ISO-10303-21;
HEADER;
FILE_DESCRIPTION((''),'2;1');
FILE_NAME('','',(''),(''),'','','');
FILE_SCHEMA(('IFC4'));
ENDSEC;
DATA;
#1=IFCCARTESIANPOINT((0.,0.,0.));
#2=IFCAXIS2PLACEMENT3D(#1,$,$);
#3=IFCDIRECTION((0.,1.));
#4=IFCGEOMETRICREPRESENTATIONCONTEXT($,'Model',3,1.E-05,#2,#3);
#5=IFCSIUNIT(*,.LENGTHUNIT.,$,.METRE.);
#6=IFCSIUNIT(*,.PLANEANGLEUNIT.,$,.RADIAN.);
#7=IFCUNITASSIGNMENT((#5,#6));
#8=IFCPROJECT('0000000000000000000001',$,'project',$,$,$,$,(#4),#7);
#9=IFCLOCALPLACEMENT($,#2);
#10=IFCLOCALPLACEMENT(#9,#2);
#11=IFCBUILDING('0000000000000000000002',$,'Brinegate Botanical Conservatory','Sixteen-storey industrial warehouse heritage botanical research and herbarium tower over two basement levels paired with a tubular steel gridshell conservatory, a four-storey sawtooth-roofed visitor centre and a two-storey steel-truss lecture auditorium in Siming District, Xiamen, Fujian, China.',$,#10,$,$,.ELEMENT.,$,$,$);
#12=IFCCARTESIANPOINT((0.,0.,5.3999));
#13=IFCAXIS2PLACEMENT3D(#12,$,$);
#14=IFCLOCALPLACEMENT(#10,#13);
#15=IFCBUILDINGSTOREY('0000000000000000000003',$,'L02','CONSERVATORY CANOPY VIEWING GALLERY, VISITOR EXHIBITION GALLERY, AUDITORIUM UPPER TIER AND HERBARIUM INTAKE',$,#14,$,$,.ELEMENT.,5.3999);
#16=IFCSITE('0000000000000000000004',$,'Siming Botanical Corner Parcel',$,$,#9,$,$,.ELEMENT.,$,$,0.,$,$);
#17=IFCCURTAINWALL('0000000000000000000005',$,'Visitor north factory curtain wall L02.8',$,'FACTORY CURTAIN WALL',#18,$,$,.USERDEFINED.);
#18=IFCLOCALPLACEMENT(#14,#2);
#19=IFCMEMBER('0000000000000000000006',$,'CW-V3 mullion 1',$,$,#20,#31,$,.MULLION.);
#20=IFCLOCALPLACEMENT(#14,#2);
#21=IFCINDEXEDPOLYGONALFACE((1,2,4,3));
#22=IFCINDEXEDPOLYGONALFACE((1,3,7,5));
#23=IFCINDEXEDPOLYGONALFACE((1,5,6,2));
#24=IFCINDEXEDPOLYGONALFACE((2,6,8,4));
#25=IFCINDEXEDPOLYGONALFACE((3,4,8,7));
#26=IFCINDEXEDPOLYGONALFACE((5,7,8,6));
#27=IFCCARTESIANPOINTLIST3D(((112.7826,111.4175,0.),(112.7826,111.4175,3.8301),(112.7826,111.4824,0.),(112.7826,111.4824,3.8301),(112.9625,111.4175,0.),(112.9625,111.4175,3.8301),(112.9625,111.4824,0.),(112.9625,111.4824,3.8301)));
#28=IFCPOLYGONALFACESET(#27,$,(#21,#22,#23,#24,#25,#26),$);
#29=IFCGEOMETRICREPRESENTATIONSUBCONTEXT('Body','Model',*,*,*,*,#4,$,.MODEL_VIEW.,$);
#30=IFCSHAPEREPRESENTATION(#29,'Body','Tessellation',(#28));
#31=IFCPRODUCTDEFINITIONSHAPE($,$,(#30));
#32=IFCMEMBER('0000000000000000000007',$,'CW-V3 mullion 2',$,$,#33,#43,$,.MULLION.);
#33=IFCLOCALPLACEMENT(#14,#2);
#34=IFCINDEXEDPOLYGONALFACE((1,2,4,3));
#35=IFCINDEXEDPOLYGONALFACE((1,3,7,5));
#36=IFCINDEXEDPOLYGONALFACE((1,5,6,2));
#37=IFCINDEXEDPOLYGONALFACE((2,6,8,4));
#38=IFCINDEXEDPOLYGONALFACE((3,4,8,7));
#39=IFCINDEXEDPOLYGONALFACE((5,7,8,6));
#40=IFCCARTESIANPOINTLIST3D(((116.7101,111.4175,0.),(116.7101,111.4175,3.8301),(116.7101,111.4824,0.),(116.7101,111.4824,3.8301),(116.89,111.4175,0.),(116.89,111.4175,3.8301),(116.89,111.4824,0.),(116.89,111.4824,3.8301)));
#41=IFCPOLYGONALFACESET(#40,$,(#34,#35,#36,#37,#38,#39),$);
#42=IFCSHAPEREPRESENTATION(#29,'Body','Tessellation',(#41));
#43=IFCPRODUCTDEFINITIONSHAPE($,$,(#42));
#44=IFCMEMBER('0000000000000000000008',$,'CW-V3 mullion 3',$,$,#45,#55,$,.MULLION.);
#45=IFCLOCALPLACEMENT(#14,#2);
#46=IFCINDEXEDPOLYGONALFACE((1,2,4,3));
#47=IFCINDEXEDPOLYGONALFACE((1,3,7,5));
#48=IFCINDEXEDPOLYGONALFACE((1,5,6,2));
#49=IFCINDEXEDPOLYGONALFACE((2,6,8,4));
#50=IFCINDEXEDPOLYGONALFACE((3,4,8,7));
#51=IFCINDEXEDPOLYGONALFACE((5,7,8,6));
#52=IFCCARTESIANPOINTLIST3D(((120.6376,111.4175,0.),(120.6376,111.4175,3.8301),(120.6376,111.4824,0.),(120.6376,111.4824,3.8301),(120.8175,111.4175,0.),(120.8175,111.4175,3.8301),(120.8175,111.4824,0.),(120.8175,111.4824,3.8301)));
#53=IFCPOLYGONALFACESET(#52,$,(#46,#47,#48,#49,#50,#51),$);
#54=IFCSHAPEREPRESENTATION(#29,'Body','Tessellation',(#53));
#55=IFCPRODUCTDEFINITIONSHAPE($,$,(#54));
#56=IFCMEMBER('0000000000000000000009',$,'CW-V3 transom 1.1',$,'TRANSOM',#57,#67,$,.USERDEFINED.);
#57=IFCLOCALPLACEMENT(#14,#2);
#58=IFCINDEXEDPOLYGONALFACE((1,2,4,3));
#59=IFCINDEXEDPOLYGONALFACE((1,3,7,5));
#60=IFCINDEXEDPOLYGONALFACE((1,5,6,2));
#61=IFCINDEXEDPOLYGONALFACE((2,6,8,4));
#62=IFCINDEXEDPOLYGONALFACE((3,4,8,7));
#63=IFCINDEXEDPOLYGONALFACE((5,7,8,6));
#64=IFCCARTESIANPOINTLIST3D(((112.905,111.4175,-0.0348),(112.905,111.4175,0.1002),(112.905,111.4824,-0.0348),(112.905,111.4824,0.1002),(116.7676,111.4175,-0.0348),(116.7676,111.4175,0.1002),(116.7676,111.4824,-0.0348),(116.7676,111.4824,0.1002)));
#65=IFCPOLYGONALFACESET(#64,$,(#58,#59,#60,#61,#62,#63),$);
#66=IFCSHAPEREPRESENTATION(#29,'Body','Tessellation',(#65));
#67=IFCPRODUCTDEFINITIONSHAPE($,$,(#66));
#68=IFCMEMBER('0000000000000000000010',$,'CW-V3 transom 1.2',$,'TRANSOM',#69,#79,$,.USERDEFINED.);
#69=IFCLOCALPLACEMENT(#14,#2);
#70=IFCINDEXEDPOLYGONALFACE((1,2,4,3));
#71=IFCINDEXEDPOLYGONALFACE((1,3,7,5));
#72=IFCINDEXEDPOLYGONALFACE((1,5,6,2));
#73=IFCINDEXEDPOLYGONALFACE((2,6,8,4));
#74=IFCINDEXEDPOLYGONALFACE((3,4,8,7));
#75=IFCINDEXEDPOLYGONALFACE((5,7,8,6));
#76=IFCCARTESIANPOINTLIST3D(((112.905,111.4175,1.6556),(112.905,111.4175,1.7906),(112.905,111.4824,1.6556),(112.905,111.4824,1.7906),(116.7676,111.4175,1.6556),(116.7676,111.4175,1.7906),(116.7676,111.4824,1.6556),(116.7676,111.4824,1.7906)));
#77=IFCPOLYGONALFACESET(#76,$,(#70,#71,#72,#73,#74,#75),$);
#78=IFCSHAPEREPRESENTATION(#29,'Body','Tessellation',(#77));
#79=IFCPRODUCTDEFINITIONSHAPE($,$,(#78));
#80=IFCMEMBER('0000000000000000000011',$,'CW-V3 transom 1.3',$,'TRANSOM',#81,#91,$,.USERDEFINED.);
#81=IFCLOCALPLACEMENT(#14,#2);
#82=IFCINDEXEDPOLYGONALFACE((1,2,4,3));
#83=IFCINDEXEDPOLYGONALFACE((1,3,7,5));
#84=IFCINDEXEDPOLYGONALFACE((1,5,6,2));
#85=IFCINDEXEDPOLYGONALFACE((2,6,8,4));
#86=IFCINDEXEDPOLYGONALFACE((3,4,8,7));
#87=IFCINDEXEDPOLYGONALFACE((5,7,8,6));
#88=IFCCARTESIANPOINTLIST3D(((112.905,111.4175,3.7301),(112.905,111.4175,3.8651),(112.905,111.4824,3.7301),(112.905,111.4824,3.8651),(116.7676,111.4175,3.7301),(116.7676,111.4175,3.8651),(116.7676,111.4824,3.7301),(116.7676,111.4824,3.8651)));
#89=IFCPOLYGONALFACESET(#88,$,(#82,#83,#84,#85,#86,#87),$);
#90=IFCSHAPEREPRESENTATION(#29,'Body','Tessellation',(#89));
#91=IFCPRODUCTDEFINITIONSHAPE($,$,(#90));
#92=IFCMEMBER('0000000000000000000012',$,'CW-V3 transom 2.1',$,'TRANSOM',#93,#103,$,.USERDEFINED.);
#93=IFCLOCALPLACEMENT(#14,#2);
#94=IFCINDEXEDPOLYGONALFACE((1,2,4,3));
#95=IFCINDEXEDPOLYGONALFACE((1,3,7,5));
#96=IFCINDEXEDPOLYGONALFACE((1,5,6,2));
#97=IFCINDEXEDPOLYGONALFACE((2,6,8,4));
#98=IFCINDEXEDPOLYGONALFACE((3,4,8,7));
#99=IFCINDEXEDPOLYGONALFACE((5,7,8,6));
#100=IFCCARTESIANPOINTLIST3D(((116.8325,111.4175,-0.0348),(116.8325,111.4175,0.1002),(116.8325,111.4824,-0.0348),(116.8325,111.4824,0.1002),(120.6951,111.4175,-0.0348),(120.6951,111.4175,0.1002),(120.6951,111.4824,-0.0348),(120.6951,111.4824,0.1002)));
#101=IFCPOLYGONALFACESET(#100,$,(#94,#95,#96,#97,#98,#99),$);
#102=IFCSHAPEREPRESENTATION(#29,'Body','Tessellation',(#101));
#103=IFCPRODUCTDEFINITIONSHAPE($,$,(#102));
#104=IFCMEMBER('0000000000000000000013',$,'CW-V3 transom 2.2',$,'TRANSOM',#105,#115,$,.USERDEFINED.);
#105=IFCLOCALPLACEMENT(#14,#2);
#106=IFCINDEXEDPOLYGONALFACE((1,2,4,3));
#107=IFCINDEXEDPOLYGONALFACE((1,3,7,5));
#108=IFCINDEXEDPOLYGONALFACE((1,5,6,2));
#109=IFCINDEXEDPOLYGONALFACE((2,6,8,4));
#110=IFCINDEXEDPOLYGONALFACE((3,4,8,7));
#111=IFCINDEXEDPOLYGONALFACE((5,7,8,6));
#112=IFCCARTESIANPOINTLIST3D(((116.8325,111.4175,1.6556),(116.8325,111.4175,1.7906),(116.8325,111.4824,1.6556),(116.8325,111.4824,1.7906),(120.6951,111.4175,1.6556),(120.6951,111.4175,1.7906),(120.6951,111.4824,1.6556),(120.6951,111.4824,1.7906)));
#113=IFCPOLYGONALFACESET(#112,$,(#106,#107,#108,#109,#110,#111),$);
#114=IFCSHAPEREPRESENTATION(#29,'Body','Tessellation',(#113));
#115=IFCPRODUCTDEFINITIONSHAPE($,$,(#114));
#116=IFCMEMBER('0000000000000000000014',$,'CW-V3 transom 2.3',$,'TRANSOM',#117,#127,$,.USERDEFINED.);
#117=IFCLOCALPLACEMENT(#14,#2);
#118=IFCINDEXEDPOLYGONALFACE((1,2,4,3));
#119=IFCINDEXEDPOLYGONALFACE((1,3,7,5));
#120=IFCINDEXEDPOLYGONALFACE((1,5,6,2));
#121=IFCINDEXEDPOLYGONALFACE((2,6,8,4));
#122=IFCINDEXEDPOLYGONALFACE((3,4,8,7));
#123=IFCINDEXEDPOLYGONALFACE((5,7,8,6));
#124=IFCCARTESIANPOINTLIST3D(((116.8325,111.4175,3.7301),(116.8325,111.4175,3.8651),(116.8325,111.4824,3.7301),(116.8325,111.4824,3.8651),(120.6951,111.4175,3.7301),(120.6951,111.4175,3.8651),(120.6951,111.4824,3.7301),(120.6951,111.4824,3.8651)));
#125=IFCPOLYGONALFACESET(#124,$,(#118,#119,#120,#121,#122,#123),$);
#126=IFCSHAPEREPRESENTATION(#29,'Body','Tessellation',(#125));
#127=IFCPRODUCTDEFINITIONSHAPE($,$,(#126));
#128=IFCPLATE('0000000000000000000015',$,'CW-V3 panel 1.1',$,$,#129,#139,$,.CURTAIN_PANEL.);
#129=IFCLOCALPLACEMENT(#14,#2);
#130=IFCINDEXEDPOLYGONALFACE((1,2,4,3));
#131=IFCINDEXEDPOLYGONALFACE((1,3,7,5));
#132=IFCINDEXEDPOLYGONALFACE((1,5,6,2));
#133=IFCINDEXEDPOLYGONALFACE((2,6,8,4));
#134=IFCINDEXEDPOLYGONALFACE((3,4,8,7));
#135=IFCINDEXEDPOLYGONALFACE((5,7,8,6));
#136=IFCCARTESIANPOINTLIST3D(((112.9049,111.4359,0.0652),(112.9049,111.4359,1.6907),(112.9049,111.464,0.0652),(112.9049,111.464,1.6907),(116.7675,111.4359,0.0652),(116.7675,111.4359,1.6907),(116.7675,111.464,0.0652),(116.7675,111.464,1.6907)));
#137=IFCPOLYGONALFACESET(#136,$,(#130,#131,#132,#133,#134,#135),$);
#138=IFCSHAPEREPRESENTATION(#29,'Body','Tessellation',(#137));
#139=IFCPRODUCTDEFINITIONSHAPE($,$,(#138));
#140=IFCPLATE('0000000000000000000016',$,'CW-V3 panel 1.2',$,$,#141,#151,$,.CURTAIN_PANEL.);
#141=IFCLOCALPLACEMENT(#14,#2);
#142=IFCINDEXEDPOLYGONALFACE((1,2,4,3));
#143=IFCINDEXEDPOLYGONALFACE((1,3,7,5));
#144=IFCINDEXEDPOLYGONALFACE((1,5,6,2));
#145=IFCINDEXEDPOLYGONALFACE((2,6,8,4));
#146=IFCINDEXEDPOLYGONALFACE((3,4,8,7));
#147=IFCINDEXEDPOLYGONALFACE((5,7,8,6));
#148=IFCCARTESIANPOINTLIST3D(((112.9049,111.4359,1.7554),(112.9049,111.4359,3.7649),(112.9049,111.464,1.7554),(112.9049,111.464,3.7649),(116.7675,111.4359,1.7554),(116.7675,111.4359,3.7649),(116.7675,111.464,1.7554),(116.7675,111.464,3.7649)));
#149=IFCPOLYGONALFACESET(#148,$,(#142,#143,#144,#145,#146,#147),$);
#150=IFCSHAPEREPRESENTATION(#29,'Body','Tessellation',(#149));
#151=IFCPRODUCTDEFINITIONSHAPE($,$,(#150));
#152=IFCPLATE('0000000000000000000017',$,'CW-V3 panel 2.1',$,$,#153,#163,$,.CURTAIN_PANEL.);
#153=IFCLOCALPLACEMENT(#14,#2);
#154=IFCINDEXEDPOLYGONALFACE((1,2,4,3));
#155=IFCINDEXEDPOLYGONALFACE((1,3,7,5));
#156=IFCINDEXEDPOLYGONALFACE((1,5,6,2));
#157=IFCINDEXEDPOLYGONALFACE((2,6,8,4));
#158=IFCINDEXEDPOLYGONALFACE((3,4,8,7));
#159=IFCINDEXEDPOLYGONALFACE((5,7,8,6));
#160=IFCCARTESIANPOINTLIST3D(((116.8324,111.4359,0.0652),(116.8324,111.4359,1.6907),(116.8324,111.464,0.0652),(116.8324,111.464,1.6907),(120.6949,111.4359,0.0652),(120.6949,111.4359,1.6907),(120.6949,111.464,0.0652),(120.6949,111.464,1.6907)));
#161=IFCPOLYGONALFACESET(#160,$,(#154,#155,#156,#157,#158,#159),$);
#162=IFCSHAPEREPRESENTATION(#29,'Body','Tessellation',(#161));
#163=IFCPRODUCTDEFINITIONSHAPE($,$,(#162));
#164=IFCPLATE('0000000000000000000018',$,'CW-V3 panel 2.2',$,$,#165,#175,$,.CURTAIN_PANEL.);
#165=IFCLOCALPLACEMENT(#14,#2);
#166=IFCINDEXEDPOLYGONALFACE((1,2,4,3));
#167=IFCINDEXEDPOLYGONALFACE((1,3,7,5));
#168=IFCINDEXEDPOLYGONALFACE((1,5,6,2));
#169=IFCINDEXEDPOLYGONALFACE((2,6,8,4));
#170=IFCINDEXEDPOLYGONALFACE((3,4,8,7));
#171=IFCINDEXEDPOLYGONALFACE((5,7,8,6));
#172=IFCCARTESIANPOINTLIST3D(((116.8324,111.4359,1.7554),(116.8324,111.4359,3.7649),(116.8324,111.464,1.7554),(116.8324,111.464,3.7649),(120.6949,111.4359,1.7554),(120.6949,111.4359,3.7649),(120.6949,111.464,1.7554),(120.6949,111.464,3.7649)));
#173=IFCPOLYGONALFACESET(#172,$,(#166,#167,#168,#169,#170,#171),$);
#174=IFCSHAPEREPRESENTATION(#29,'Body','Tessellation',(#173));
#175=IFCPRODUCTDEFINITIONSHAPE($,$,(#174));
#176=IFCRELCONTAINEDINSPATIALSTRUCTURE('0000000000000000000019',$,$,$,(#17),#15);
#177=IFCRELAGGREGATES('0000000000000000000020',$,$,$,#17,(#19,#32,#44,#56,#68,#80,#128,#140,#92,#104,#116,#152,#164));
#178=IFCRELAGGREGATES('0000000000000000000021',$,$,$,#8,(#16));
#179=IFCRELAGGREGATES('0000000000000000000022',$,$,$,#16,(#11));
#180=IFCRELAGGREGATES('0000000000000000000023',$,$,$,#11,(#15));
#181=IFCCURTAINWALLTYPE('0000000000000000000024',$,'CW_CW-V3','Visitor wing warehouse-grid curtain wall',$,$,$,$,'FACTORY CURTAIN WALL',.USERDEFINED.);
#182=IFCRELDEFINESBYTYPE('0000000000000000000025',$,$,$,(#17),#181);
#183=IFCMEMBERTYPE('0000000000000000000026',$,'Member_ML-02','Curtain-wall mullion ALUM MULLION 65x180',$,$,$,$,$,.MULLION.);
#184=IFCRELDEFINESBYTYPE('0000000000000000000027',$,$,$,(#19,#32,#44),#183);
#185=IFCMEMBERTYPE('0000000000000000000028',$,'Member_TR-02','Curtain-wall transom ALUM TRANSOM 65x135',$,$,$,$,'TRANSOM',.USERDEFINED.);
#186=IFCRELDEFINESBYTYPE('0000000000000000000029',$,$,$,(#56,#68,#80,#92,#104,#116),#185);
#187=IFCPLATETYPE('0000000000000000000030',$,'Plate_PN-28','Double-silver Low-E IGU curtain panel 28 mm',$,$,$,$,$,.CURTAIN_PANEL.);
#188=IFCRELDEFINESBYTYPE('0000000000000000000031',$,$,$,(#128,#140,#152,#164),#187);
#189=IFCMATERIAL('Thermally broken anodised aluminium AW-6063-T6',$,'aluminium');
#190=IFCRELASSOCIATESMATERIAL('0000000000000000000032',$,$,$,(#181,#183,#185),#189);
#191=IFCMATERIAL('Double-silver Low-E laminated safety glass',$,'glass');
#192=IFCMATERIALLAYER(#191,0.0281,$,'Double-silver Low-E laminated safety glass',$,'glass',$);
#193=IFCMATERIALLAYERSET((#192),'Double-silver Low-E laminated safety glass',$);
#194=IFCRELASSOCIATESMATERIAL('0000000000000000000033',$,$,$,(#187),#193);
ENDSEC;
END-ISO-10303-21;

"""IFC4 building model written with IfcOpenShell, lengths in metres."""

from ifc_helpers import new_model, si_unit, direction, frame, origin, origin_2d, place, context, subcontext, project, spatial, rectangle, extrude, material, layer, layer_set, material_profile, profile_set, type_object, element, aggregate, save


model = new_model("IFC4")

# Units and contexts
model_context = context("Model", 3, precision=1e-05, world=origin(), true_north=direction((0.0, 1.0)))
body_context = subcontext(model_context, "Body", "Model", "MODEL_VIEW")
ifc_project = project(units=[si_unit("LENGTHUNIT", "METRE"), si_unit("PLANEANGLEUNIT", "RADIAN")], contexts=[model_context])

# Site, building, storey
site_placement = place(None, origin())
site = spatial("IfcSite", under=ifc_project, at=site_placement, Name="Siming Botanical Corner Parcel", CompositionType="ELEMENT", RefElevation=0.0)
building_placement = place(site_placement, origin())
building = spatial("IfcBuilding", under=site, at=building_placement, Name="Brinegate Botanical Conservatory", Description="Sixteen-storey industrial warehouse heritage botanical research and herbarium tower over two basement levels paired with a tubular steel gridshell conservatory, a four-storey sawtooth-roofed visitor centre and a two-storey steel-truss lecture auditorium in Siming District, Xiamen, Fujian, China.", CompositionType="ELEMENT")
storey_placement = place(building_placement, frame((0.0, 0.0, 5.3999)))
storey = spatial("IfcBuildingStorey", under=building, at=storey_placement, Name="L02", Description="CONSERVATORY CANOPY VIEWING GALLERY, VISITOR EXHIBITION GALLERY, AUDITORIUM UPPER TIER AND HERBARIUM INTAKE", CompositionType="ELEMENT", Elevation=5.3999)

# Curtain wall, members, plates
ifc_material_1 = material(Name="Thermally broken anodised aluminium AW-6063-T6", Category="aluminium")
curtain_wall_type = type_object("IfcCurtainWallType", Name="CW_CW-V3", Description="Visitor wing warehouse-grid curtain wall", ElementType="FACTORY CURTAIN WALL", PredefinedType="USERDEFINED", material=ifc_material_1)
curtain_wall_placement = place(storey_placement, origin())
curtain_wall = element("IfcCurtainWall", 1, at=curtain_wall_placement, inside=storey, type_object=curtain_wall_type, Name="Visitor north factory curtain wall L02.8", ObjectType="FACTORY CURTAIN WALL", PredefinedType="USERDEFINED")
ifc_material_profile_1 = material_profile(ifc_material_1, rectangle(XDim=0.0649, YDim=0.1799, at=origin_2d()), Name="ALUM MULLION 65x180")
ifc_profile_set_1 = profile_set([ifc_material_profile_1], Name="Thermally broken anodised aluminium AW-6063-T6")
member_type_1 = type_object("IfcMemberType", Name="Member_ML-02", Description="Curtain-wall mullion ALUM MULLION 65x180", PredefinedType="MULLION", material=ifc_profile_set_1)
member_1_placement = place(storey_placement, frame((112.8726, 111.45, 0.0), z_axis=(0.0, 0.0, 1.0), x_axis=(0.0, 1.0, 0.0)))
member_1 = element("IfcMember", 2, at=member_1_placement, type_object=member_type_1, Name="CW-V3 mullion 1", PredefinedType="MULLION", context=body_context, shape_type="SweptSolid", body=[
    extrude(rectangle(XDim=0.0649, YDim=0.1799, at=origin_2d()), origin(), (0.0, 0.0, 1.0), 3.8301),
])
member_2_placement = place(storey_placement, frame((116.8, 111.45, 0.0), z_axis=(0.0, 0.0, 1.0), x_axis=(0.0, 1.0, 0.0)))
member_2 = element("IfcMember", 3, at=member_2_placement, type_object=member_type_1, Name="CW-V3 mullion 2", PredefinedType="MULLION", context=body_context, shape_type="SweptSolid", body=[
    extrude(rectangle(XDim=0.0649, YDim=0.1799, at=origin_2d()), origin(), (0.0, 0.0, 1.0), 3.8301),
])
member_3_placement = place(storey_placement, frame((120.7275, 111.45, 0.0), z_axis=(0.0, 0.0, 1.0), x_axis=(0.0, 1.0, 0.0)))
member_3 = element("IfcMember", 4, at=member_3_placement, type_object=member_type_1, Name="CW-V3 mullion 3", PredefinedType="MULLION", context=body_context, shape_type="SweptSolid", body=[
    extrude(rectangle(XDim=0.0649, YDim=0.1799, at=origin_2d()), origin(), (0.0, 0.0, 1.0), 3.8301),
])
ifc_material_profile_2 = material_profile(ifc_material_1, rectangle(XDim=0.0649, YDim=0.135, at=origin_2d()), Name="ALUM TRANSOM 65x135")
ifc_profile_set_2 = profile_set([ifc_material_profile_2], Name="Thermally broken anodised aluminium AW-6063-T6")
member_type_2 = type_object("IfcMemberType", Name="Member_TR-02", Description="Curtain-wall transom ALUM TRANSOM 65x135", ElementType="TRANSOM", PredefinedType="USERDEFINED", material=ifc_profile_set_2)
member_4_placement = place(storey_placement, frame((112.905, 111.45, 0.0327), z_axis=(1.0, 0.0, 0.0), x_axis=(0.0, 1.0, 0.0)))
member_4 = element("IfcMember", 5, at=member_4_placement, type_object=member_type_2, Name="CW-V3 transom 1.1", ObjectType="TRANSOM", PredefinedType="USERDEFINED", context=body_context, shape_type="SweptSolid", body=[
    extrude(rectangle(XDim=0.0649, YDim=0.135, at=origin_2d()), origin(), (0.0, 0.0, 1.0), 3.8625),
])
member_5_placement = place(storey_placement, frame((112.905, 111.45, 1.7231), z_axis=(1.0, 0.0, 0.0), x_axis=(0.0, 1.0, 0.0)))
member_5 = element("IfcMember", 6, at=member_5_placement, type_object=member_type_2, Name="CW-V3 transom 1.2", ObjectType="TRANSOM", PredefinedType="USERDEFINED", context=body_context, shape_type="SweptSolid", body=[
    extrude(rectangle(XDim=0.0649, YDim=0.135, at=origin_2d()), origin(), (0.0, 0.0, 1.0), 3.8625),
])
member_6_placement = place(storey_placement, frame((112.905, 111.45, 3.7976), z_axis=(1.0, 0.0, 0.0), x_axis=(0.0, 1.0, 0.0)))
member_6 = element("IfcMember", 7, at=member_6_placement, type_object=member_type_2, Name="CW-V3 transom 1.3", ObjectType="TRANSOM", PredefinedType="USERDEFINED", context=body_context, shape_type="SweptSolid", body=[
    extrude(rectangle(XDim=0.0649, YDim=0.135, at=origin_2d()), origin(), (0.0, 0.0, 1.0), 3.8625),
])
member_7_placement = place(storey_placement, frame((116.8325, 111.45, 0.0327), z_axis=(1.0, 0.0, 0.0), x_axis=(0.0, 1.0, 0.0)))
member_7 = element("IfcMember", 8, at=member_7_placement, type_object=member_type_2, Name="CW-V3 transom 2.1", ObjectType="TRANSOM", PredefinedType="USERDEFINED", context=body_context, shape_type="SweptSolid", body=[
    extrude(rectangle(XDim=0.0649, YDim=0.135, at=origin_2d()), origin(), (0.0, 0.0, 1.0), 3.8625),
])
member_8_placement = place(storey_placement, frame((116.8325, 111.45, 1.7231), z_axis=(1.0, 0.0, 0.0), x_axis=(0.0, 1.0, 0.0)))
member_8 = element("IfcMember", 9, at=member_8_placement, type_object=member_type_2, Name="CW-V3 transom 2.2", ObjectType="TRANSOM", PredefinedType="USERDEFINED", context=body_context, shape_type="SweptSolid", body=[
    extrude(rectangle(XDim=0.0649, YDim=0.135, at=origin_2d()), origin(), (0.0, 0.0, 1.0), 3.8625),
])
member_9_placement = place(storey_placement, frame((116.8325, 111.45, 3.7976), z_axis=(1.0, 0.0, 0.0), x_axis=(0.0, 1.0, 0.0)))
member_9 = element("IfcMember", 10, at=member_9_placement, type_object=member_type_2, Name="CW-V3 transom 2.3", ObjectType="TRANSOM", PredefinedType="USERDEFINED", context=body_context, shape_type="SweptSolid", body=[
    extrude(rectangle(XDim=0.0649, YDim=0.135, at=origin_2d()), origin(), (0.0, 0.0, 1.0), 3.8625),
])
ifc_material_2 = material(Name="Double-silver Low-E laminated safety glass", Category="glass")
ifc_layer = layer(ifc_material_2, 0.0281, Name="Double-silver Low-E laminated safety glass", Category="glass")
ifc_layer_set = layer_set([ifc_layer], Name="Double-silver Low-E laminated safety glass")
plate_type = type_object("IfcPlateType", Name="Plate_PN-28", Description="Double-silver Low-E IGU curtain panel 28 mm", PredefinedType="CURTAIN_PANEL", material=ifc_layer_set)
plate_1_placement = place(storey_placement, frame((114.8362, 111.45, 0.0652), z_axis=(0.0, 0.0, 1.0), x_axis=(1.0, 0.0, 0.0)))
plate_1 = element("IfcPlate", 11, at=plate_1_placement, type_object=plate_type, Name="CW-V3 panel 1.1", PredefinedType="CURTAIN_PANEL", context=body_context, shape_type="SweptSolid", body=[
    extrude(rectangle(XDim=3.8625, YDim=0.0281, at=origin_2d()), origin(), (0.0, 0.0, 1.0), 1.6255),
])
plate_2_placement = place(storey_placement, frame((114.8362, 111.45, 1.7554), z_axis=(0.0, 0.0, 1.0), x_axis=(1.0, 0.0, 0.0)))
plate_2 = element("IfcPlate", 12, at=plate_2_placement, type_object=plate_type, Name="CW-V3 panel 1.2", PredefinedType="CURTAIN_PANEL", context=body_context, shape_type="SweptSolid", body=[
    extrude(rectangle(XDim=3.8625, YDim=0.0281, at=origin_2d()), origin(), (0.0, 0.0, 1.0), 2.0095),
])
plate_3_placement = place(storey_placement, frame((118.7637, 111.45, 0.0652), z_axis=(0.0, 0.0, 1.0), x_axis=(1.0, 0.0, 0.0)))
plate_3 = element("IfcPlate", 13, at=plate_3_placement, type_object=plate_type, Name="CW-V3 panel 2.1", PredefinedType="CURTAIN_PANEL", context=body_context, shape_type="SweptSolid", body=[
    extrude(rectangle(XDim=3.8625, YDim=0.0281, at=origin_2d()), origin(), (0.0, 0.0, 1.0), 1.6255),
])
plate_4_placement = place(storey_placement, frame((118.7637, 111.45, 1.7554), z_axis=(0.0, 0.0, 1.0), x_axis=(1.0, 0.0, 0.0)))
plate_4 = element("IfcPlate", 14, at=plate_4_placement, type_object=plate_type, Name="CW-V3 panel 2.2", PredefinedType="CURTAIN_PANEL", context=body_context, shape_type="SweptSolid", body=[
    extrude(rectangle(XDim=3.8625, YDim=0.0281, at=origin_2d()), origin(), (0.0, 0.0, 1.0), 2.0095),
])
aggregate(curtain_wall, [member_1, member_2, member_3, member_4, member_5, member_6, plate_1, plate_2, member_7, member_8, member_9, plate_3, plate_4])

save(model, "model.ifc")
